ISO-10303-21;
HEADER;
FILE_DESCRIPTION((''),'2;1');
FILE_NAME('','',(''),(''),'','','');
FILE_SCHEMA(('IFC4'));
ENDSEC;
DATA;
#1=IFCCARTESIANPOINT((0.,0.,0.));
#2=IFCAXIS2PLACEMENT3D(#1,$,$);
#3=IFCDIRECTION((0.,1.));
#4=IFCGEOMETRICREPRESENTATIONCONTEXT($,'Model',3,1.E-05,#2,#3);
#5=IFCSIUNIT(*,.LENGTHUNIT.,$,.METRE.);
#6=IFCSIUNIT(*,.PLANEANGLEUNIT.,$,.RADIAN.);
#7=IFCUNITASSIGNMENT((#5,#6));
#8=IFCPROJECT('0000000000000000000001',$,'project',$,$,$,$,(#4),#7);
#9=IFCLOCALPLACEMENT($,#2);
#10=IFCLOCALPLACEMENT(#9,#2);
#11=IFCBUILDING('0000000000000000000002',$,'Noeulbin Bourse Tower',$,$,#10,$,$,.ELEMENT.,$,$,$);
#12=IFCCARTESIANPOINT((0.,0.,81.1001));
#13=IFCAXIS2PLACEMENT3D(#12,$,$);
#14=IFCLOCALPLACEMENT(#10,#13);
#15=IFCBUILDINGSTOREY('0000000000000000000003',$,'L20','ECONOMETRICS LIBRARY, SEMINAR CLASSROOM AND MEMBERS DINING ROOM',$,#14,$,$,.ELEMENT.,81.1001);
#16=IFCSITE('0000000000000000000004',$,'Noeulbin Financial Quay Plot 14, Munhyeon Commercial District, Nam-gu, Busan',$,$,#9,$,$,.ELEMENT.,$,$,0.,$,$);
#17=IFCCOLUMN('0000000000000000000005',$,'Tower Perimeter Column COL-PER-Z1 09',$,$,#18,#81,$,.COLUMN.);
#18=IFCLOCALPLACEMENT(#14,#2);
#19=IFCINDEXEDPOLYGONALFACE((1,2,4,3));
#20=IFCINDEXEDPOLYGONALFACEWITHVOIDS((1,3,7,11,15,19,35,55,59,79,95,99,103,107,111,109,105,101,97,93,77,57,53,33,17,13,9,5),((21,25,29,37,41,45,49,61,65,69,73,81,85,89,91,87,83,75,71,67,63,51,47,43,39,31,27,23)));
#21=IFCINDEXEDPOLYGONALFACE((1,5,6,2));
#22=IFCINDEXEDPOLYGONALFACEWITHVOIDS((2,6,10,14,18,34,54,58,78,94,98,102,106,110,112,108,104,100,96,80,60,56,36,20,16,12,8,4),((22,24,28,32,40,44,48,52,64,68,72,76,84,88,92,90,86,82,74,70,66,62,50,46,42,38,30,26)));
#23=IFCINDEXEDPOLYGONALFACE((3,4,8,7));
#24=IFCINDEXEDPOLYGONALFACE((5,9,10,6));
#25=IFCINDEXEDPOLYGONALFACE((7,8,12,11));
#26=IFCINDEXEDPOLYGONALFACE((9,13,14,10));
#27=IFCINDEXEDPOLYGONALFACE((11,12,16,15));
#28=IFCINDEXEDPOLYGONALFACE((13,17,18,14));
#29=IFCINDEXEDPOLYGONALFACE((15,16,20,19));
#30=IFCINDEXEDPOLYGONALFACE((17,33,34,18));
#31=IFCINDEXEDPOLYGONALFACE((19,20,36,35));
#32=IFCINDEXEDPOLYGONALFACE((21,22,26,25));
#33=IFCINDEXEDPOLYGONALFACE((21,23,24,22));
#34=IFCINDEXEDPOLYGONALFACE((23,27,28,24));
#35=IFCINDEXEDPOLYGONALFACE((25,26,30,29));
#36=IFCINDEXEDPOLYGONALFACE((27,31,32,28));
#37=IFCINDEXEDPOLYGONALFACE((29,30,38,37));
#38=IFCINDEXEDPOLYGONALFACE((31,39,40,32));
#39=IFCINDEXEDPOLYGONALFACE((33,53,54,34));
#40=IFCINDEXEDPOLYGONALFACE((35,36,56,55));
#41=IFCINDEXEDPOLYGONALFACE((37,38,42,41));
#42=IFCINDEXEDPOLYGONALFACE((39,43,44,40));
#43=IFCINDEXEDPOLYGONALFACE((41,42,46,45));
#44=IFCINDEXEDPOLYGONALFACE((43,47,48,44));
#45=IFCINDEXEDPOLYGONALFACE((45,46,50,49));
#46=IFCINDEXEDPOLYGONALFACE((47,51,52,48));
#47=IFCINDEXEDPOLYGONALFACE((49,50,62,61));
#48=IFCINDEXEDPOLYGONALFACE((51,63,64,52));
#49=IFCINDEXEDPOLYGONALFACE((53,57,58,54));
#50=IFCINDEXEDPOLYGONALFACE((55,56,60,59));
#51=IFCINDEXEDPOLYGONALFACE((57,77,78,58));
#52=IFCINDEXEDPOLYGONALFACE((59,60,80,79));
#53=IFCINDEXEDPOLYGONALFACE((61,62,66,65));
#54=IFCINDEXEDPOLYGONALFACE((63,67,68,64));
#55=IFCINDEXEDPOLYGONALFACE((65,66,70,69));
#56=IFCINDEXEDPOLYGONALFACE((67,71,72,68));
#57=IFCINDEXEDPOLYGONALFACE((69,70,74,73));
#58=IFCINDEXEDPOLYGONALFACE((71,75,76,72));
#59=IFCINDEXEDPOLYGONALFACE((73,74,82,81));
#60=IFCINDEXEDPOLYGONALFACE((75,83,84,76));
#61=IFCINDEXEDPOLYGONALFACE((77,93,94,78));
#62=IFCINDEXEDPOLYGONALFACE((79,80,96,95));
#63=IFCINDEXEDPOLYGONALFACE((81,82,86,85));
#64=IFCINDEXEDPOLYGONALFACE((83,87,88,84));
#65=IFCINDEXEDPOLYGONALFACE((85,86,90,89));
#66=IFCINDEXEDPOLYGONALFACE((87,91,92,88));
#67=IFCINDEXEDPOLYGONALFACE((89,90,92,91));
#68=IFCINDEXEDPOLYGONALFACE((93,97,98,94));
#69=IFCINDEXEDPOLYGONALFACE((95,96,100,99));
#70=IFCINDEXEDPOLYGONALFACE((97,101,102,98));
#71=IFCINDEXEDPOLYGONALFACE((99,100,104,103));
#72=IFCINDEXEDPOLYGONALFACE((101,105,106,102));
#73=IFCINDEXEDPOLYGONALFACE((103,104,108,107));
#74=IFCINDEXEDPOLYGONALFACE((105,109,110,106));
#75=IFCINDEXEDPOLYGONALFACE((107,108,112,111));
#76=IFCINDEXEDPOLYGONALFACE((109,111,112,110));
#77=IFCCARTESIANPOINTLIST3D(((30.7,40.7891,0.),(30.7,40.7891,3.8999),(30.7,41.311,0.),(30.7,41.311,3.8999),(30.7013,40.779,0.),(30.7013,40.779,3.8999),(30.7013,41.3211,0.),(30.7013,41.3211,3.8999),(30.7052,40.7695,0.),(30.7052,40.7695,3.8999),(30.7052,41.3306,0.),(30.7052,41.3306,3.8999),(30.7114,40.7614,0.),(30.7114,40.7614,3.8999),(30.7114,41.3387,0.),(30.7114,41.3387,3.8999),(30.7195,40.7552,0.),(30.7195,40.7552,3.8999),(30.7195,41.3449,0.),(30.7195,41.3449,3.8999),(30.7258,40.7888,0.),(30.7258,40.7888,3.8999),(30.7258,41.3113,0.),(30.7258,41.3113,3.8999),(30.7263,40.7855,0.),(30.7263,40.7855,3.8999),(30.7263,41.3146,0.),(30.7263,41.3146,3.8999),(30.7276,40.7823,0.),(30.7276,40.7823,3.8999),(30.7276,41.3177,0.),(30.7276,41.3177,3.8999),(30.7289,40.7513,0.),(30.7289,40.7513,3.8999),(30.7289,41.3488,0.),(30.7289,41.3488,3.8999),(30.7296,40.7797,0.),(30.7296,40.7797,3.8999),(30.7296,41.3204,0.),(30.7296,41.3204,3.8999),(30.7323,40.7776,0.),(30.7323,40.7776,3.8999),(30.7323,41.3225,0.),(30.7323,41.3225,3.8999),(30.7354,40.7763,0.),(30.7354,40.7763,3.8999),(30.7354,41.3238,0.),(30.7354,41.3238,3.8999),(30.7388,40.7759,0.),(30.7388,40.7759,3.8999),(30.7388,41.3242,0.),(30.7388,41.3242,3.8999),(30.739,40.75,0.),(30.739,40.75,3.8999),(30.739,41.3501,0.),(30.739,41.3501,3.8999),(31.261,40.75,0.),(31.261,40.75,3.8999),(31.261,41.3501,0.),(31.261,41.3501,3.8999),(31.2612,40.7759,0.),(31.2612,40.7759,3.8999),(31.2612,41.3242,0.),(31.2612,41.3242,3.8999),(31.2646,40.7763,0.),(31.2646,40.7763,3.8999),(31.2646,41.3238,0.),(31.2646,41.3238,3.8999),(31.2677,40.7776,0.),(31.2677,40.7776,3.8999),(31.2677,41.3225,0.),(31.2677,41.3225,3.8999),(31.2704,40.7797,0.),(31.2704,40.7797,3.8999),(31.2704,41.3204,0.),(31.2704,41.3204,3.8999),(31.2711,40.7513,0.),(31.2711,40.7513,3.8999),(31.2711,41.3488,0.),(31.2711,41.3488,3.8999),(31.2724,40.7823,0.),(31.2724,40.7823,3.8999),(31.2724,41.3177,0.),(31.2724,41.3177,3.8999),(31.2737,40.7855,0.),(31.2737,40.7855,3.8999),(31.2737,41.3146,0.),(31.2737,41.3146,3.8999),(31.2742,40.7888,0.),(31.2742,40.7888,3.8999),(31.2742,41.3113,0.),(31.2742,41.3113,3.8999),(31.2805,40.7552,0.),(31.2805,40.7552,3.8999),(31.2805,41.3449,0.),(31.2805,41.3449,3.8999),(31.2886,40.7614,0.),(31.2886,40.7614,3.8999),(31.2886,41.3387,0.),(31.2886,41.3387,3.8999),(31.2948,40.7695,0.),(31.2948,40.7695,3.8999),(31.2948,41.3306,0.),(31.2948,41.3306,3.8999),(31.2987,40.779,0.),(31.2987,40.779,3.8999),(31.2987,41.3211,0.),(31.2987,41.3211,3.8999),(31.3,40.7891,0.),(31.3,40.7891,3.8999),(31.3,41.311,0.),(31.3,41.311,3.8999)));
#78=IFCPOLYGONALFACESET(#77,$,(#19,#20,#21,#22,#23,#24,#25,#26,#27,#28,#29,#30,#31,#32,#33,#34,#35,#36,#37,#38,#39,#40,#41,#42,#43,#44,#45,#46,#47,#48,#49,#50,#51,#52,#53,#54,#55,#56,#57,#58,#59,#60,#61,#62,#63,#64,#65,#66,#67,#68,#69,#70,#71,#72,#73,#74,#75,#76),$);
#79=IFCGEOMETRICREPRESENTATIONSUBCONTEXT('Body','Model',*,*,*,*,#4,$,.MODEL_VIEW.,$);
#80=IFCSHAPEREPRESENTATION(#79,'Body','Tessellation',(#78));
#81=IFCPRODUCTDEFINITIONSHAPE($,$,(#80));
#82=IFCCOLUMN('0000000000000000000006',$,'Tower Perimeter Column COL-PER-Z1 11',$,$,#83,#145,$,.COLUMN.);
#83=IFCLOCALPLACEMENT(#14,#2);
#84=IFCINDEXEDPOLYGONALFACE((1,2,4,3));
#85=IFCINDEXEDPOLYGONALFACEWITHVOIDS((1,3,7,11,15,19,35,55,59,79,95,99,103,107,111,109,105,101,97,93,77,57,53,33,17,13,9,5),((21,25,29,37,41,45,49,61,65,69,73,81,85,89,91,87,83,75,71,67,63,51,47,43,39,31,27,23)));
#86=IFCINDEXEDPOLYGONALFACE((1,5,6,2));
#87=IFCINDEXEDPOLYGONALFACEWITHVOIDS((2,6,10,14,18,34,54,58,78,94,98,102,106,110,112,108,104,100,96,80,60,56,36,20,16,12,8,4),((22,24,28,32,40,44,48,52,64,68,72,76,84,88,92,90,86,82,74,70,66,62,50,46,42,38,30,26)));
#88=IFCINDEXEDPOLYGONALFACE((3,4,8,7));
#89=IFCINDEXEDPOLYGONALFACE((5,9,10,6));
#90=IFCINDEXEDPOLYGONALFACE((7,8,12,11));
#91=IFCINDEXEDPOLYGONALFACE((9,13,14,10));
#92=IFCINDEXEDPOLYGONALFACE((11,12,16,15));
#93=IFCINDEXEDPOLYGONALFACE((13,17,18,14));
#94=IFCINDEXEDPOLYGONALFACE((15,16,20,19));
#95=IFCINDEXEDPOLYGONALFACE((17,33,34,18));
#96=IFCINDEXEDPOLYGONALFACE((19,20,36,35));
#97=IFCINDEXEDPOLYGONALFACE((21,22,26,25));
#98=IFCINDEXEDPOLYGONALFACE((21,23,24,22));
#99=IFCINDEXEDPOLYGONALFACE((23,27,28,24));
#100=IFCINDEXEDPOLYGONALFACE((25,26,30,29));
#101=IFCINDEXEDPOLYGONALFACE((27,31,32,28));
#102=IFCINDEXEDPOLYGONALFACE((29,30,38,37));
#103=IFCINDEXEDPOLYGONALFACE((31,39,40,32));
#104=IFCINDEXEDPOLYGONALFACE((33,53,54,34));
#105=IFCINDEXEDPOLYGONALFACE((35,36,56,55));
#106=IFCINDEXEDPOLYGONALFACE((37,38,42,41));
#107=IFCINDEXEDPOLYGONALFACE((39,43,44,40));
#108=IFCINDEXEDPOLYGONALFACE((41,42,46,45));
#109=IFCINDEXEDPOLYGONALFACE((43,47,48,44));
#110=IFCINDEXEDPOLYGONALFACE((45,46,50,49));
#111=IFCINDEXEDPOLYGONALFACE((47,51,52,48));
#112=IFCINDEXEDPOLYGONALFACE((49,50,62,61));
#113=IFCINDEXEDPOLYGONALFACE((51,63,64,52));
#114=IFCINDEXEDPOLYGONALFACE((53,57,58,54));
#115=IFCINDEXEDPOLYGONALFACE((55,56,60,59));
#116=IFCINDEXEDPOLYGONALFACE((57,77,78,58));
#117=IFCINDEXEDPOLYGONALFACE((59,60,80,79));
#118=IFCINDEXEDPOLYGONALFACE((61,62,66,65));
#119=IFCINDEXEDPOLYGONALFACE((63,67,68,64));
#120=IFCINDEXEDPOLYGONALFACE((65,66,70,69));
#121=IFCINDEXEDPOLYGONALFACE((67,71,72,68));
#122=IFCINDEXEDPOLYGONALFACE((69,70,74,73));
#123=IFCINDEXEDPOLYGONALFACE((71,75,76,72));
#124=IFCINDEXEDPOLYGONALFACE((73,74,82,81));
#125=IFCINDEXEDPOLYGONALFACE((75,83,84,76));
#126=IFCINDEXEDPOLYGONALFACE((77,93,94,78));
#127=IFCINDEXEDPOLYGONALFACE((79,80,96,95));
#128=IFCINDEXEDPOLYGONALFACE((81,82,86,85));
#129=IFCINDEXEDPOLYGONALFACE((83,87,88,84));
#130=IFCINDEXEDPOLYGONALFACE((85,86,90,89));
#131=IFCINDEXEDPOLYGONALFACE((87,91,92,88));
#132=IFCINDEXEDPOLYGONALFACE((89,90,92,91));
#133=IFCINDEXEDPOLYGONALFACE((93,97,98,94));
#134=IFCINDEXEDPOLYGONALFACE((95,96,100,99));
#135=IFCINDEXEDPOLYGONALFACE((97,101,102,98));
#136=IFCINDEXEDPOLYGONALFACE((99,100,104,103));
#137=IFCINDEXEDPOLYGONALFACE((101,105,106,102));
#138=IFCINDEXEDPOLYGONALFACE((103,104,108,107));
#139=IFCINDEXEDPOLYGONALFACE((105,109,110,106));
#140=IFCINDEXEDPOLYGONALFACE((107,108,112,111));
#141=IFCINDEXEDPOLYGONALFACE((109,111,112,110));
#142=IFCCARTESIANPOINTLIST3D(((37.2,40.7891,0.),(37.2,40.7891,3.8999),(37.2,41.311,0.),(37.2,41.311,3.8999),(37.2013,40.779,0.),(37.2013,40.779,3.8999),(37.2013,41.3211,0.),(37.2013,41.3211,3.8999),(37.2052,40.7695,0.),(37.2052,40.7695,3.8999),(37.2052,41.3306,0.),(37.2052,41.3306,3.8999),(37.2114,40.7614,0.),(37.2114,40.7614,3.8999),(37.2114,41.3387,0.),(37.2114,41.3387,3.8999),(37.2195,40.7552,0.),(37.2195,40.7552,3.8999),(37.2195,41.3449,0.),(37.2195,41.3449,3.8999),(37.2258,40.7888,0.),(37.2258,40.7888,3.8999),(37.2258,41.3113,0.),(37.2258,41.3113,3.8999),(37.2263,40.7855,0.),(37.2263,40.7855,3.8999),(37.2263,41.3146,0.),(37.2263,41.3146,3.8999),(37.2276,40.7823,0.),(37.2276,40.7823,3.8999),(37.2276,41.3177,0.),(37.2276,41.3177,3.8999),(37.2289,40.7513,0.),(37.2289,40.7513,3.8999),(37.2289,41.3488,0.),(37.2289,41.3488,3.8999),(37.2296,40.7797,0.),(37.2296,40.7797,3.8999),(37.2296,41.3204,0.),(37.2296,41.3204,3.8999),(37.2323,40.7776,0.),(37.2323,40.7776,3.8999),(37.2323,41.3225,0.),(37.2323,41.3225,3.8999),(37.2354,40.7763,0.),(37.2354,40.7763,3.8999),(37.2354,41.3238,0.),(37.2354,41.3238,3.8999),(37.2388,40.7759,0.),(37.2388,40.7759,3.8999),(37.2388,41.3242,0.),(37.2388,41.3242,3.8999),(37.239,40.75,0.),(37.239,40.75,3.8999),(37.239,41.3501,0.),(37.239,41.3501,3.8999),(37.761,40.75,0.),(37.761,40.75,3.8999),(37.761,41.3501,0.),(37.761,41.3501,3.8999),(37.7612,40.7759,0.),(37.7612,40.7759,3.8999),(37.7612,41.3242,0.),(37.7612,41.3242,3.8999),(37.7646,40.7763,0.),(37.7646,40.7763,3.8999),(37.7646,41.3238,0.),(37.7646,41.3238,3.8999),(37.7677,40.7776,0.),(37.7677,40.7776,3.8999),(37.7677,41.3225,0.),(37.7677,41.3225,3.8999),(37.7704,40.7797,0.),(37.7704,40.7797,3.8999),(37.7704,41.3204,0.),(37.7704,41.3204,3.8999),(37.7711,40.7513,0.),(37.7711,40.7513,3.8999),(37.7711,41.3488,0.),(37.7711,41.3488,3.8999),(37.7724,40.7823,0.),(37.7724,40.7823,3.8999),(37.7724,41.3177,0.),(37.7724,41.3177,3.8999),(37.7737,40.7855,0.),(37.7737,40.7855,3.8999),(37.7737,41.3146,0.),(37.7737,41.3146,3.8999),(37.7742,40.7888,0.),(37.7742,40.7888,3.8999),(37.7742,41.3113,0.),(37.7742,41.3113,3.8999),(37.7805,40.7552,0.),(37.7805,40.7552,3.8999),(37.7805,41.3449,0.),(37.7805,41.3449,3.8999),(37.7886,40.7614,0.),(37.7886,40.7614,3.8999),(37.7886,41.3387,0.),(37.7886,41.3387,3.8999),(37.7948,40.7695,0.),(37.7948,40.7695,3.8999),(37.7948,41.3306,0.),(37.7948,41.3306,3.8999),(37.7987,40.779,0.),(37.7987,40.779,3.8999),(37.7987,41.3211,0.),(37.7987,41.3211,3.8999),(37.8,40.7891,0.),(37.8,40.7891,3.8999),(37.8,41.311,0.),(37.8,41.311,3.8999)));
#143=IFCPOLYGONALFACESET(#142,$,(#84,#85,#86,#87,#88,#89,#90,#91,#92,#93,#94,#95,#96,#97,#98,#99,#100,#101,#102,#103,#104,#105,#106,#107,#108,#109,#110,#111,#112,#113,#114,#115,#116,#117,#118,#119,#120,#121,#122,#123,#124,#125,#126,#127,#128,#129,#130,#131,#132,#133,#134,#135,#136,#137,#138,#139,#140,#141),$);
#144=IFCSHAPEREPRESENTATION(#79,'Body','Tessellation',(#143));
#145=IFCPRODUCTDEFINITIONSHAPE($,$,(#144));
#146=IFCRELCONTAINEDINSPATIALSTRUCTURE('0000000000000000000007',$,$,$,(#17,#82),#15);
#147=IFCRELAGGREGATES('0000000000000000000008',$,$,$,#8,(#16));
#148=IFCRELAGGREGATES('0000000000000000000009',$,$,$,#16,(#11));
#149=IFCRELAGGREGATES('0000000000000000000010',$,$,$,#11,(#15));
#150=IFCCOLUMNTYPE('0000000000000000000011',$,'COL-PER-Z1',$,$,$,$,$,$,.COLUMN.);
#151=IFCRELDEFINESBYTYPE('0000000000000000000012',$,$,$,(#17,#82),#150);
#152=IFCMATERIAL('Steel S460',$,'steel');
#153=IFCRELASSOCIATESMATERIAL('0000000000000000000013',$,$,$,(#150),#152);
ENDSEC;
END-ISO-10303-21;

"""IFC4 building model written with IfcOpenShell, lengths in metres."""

from ifc_helpers import new_model, si_unit, direction, frame, origin, origin_2d, place, context, subcontext, project, spatial, hollow_rectangle, extrude, material, material_profile, profile_set, type_object, element, save


model = new_model("IFC4")

# Units and contexts
model_context = context("Model", 3, precision=1e-05, world=origin(), true_north=direction((0.0, 1.0)))
body_context = subcontext(model_context, "Body", "Model", "MODEL_VIEW")
ifc_project = project(units=[si_unit("LENGTHUNIT", "METRE"), si_unit("PLANEANGLEUNIT", "RADIAN")], contexts=[model_context])

# Site, building, storey
site_placement = place(None, origin())
site = spatial("IfcSite", under=ifc_project, at=site_placement, Name="Noeulbin Financial Quay Plot 14, Munhyeon Commercial District, Nam-gu, Busan", CompositionType="ELEMENT", RefElevation=0.0)
building_placement = place(site_placement, origin())
building = spatial("IfcBuilding", under=site, at=building_placement, Name="Noeulbin Bourse Tower", CompositionType="ELEMENT")
storey_placement = place(building_placement, frame((0.0, 0.0, 81.1001)))
storey = spatial("IfcBuildingStorey", under=building, at=storey_placement, Name="L20", Description="ECONOMETRICS LIBRARY, SEMINAR CLASSROOM AND MEMBERS DINING ROOM", CompositionType="ELEMENT", Elevation=81.1001)

# Columns
ifc_material_1 = material(Name="Steel S460", Category="steel")
ifc_material_profile_1 = material_profile(ifc_material_1, hollow_rectangle(XDim=0.6001, YDim=0.6001, WallThickness=0.0259, InnerFilletRadius=0.0129, OuterFilletRadius=0.0391, at=origin_2d()), Name="BOX-600x600x26", Category="LoadBearing")
ifc_profile_set_1 = profile_set([ifc_material_profile_1], Name="Steel S460")
column_type_1 = type_object("IfcColumnType", Name="COL-PER-Z1", PredefinedType="COLUMN", material=ifc_profile_set_1)
for number, where, z_axis, x_axis, name in (
    (1, (31.0, 41.05, 0.0), (0.0, 0.0, 1.0), (1.0, 0.0, 0.0), "Tower Perimeter Column COL-PER-Z1 09"),
    (2, (37.5, 41.05, 0.0), (0.0, 0.0, 1.0), (1.0, 0.0, 0.0), "Tower Perimeter Column COL-PER-Z1 11"),
):
    element("IfcColumn", number, at=place(storey_placement, frame(where, z_axis=z_axis, x_axis=x_axis)), inside=storey, type_object=column_type_1, Name=name, PredefinedType="COLUMN", context=body_context, shape_type="SweptSolid", body=[
        extrude(hollow_rectangle(XDim=0.6001, YDim=0.6001, WallThickness=0.0259, InnerFilletRadius=0.0129, OuterFilletRadius=0.0391, at=origin_2d()), origin(), (0.0, 0.0, 1.0), 3.8999),
    ])

save(model, "model.ifc")
